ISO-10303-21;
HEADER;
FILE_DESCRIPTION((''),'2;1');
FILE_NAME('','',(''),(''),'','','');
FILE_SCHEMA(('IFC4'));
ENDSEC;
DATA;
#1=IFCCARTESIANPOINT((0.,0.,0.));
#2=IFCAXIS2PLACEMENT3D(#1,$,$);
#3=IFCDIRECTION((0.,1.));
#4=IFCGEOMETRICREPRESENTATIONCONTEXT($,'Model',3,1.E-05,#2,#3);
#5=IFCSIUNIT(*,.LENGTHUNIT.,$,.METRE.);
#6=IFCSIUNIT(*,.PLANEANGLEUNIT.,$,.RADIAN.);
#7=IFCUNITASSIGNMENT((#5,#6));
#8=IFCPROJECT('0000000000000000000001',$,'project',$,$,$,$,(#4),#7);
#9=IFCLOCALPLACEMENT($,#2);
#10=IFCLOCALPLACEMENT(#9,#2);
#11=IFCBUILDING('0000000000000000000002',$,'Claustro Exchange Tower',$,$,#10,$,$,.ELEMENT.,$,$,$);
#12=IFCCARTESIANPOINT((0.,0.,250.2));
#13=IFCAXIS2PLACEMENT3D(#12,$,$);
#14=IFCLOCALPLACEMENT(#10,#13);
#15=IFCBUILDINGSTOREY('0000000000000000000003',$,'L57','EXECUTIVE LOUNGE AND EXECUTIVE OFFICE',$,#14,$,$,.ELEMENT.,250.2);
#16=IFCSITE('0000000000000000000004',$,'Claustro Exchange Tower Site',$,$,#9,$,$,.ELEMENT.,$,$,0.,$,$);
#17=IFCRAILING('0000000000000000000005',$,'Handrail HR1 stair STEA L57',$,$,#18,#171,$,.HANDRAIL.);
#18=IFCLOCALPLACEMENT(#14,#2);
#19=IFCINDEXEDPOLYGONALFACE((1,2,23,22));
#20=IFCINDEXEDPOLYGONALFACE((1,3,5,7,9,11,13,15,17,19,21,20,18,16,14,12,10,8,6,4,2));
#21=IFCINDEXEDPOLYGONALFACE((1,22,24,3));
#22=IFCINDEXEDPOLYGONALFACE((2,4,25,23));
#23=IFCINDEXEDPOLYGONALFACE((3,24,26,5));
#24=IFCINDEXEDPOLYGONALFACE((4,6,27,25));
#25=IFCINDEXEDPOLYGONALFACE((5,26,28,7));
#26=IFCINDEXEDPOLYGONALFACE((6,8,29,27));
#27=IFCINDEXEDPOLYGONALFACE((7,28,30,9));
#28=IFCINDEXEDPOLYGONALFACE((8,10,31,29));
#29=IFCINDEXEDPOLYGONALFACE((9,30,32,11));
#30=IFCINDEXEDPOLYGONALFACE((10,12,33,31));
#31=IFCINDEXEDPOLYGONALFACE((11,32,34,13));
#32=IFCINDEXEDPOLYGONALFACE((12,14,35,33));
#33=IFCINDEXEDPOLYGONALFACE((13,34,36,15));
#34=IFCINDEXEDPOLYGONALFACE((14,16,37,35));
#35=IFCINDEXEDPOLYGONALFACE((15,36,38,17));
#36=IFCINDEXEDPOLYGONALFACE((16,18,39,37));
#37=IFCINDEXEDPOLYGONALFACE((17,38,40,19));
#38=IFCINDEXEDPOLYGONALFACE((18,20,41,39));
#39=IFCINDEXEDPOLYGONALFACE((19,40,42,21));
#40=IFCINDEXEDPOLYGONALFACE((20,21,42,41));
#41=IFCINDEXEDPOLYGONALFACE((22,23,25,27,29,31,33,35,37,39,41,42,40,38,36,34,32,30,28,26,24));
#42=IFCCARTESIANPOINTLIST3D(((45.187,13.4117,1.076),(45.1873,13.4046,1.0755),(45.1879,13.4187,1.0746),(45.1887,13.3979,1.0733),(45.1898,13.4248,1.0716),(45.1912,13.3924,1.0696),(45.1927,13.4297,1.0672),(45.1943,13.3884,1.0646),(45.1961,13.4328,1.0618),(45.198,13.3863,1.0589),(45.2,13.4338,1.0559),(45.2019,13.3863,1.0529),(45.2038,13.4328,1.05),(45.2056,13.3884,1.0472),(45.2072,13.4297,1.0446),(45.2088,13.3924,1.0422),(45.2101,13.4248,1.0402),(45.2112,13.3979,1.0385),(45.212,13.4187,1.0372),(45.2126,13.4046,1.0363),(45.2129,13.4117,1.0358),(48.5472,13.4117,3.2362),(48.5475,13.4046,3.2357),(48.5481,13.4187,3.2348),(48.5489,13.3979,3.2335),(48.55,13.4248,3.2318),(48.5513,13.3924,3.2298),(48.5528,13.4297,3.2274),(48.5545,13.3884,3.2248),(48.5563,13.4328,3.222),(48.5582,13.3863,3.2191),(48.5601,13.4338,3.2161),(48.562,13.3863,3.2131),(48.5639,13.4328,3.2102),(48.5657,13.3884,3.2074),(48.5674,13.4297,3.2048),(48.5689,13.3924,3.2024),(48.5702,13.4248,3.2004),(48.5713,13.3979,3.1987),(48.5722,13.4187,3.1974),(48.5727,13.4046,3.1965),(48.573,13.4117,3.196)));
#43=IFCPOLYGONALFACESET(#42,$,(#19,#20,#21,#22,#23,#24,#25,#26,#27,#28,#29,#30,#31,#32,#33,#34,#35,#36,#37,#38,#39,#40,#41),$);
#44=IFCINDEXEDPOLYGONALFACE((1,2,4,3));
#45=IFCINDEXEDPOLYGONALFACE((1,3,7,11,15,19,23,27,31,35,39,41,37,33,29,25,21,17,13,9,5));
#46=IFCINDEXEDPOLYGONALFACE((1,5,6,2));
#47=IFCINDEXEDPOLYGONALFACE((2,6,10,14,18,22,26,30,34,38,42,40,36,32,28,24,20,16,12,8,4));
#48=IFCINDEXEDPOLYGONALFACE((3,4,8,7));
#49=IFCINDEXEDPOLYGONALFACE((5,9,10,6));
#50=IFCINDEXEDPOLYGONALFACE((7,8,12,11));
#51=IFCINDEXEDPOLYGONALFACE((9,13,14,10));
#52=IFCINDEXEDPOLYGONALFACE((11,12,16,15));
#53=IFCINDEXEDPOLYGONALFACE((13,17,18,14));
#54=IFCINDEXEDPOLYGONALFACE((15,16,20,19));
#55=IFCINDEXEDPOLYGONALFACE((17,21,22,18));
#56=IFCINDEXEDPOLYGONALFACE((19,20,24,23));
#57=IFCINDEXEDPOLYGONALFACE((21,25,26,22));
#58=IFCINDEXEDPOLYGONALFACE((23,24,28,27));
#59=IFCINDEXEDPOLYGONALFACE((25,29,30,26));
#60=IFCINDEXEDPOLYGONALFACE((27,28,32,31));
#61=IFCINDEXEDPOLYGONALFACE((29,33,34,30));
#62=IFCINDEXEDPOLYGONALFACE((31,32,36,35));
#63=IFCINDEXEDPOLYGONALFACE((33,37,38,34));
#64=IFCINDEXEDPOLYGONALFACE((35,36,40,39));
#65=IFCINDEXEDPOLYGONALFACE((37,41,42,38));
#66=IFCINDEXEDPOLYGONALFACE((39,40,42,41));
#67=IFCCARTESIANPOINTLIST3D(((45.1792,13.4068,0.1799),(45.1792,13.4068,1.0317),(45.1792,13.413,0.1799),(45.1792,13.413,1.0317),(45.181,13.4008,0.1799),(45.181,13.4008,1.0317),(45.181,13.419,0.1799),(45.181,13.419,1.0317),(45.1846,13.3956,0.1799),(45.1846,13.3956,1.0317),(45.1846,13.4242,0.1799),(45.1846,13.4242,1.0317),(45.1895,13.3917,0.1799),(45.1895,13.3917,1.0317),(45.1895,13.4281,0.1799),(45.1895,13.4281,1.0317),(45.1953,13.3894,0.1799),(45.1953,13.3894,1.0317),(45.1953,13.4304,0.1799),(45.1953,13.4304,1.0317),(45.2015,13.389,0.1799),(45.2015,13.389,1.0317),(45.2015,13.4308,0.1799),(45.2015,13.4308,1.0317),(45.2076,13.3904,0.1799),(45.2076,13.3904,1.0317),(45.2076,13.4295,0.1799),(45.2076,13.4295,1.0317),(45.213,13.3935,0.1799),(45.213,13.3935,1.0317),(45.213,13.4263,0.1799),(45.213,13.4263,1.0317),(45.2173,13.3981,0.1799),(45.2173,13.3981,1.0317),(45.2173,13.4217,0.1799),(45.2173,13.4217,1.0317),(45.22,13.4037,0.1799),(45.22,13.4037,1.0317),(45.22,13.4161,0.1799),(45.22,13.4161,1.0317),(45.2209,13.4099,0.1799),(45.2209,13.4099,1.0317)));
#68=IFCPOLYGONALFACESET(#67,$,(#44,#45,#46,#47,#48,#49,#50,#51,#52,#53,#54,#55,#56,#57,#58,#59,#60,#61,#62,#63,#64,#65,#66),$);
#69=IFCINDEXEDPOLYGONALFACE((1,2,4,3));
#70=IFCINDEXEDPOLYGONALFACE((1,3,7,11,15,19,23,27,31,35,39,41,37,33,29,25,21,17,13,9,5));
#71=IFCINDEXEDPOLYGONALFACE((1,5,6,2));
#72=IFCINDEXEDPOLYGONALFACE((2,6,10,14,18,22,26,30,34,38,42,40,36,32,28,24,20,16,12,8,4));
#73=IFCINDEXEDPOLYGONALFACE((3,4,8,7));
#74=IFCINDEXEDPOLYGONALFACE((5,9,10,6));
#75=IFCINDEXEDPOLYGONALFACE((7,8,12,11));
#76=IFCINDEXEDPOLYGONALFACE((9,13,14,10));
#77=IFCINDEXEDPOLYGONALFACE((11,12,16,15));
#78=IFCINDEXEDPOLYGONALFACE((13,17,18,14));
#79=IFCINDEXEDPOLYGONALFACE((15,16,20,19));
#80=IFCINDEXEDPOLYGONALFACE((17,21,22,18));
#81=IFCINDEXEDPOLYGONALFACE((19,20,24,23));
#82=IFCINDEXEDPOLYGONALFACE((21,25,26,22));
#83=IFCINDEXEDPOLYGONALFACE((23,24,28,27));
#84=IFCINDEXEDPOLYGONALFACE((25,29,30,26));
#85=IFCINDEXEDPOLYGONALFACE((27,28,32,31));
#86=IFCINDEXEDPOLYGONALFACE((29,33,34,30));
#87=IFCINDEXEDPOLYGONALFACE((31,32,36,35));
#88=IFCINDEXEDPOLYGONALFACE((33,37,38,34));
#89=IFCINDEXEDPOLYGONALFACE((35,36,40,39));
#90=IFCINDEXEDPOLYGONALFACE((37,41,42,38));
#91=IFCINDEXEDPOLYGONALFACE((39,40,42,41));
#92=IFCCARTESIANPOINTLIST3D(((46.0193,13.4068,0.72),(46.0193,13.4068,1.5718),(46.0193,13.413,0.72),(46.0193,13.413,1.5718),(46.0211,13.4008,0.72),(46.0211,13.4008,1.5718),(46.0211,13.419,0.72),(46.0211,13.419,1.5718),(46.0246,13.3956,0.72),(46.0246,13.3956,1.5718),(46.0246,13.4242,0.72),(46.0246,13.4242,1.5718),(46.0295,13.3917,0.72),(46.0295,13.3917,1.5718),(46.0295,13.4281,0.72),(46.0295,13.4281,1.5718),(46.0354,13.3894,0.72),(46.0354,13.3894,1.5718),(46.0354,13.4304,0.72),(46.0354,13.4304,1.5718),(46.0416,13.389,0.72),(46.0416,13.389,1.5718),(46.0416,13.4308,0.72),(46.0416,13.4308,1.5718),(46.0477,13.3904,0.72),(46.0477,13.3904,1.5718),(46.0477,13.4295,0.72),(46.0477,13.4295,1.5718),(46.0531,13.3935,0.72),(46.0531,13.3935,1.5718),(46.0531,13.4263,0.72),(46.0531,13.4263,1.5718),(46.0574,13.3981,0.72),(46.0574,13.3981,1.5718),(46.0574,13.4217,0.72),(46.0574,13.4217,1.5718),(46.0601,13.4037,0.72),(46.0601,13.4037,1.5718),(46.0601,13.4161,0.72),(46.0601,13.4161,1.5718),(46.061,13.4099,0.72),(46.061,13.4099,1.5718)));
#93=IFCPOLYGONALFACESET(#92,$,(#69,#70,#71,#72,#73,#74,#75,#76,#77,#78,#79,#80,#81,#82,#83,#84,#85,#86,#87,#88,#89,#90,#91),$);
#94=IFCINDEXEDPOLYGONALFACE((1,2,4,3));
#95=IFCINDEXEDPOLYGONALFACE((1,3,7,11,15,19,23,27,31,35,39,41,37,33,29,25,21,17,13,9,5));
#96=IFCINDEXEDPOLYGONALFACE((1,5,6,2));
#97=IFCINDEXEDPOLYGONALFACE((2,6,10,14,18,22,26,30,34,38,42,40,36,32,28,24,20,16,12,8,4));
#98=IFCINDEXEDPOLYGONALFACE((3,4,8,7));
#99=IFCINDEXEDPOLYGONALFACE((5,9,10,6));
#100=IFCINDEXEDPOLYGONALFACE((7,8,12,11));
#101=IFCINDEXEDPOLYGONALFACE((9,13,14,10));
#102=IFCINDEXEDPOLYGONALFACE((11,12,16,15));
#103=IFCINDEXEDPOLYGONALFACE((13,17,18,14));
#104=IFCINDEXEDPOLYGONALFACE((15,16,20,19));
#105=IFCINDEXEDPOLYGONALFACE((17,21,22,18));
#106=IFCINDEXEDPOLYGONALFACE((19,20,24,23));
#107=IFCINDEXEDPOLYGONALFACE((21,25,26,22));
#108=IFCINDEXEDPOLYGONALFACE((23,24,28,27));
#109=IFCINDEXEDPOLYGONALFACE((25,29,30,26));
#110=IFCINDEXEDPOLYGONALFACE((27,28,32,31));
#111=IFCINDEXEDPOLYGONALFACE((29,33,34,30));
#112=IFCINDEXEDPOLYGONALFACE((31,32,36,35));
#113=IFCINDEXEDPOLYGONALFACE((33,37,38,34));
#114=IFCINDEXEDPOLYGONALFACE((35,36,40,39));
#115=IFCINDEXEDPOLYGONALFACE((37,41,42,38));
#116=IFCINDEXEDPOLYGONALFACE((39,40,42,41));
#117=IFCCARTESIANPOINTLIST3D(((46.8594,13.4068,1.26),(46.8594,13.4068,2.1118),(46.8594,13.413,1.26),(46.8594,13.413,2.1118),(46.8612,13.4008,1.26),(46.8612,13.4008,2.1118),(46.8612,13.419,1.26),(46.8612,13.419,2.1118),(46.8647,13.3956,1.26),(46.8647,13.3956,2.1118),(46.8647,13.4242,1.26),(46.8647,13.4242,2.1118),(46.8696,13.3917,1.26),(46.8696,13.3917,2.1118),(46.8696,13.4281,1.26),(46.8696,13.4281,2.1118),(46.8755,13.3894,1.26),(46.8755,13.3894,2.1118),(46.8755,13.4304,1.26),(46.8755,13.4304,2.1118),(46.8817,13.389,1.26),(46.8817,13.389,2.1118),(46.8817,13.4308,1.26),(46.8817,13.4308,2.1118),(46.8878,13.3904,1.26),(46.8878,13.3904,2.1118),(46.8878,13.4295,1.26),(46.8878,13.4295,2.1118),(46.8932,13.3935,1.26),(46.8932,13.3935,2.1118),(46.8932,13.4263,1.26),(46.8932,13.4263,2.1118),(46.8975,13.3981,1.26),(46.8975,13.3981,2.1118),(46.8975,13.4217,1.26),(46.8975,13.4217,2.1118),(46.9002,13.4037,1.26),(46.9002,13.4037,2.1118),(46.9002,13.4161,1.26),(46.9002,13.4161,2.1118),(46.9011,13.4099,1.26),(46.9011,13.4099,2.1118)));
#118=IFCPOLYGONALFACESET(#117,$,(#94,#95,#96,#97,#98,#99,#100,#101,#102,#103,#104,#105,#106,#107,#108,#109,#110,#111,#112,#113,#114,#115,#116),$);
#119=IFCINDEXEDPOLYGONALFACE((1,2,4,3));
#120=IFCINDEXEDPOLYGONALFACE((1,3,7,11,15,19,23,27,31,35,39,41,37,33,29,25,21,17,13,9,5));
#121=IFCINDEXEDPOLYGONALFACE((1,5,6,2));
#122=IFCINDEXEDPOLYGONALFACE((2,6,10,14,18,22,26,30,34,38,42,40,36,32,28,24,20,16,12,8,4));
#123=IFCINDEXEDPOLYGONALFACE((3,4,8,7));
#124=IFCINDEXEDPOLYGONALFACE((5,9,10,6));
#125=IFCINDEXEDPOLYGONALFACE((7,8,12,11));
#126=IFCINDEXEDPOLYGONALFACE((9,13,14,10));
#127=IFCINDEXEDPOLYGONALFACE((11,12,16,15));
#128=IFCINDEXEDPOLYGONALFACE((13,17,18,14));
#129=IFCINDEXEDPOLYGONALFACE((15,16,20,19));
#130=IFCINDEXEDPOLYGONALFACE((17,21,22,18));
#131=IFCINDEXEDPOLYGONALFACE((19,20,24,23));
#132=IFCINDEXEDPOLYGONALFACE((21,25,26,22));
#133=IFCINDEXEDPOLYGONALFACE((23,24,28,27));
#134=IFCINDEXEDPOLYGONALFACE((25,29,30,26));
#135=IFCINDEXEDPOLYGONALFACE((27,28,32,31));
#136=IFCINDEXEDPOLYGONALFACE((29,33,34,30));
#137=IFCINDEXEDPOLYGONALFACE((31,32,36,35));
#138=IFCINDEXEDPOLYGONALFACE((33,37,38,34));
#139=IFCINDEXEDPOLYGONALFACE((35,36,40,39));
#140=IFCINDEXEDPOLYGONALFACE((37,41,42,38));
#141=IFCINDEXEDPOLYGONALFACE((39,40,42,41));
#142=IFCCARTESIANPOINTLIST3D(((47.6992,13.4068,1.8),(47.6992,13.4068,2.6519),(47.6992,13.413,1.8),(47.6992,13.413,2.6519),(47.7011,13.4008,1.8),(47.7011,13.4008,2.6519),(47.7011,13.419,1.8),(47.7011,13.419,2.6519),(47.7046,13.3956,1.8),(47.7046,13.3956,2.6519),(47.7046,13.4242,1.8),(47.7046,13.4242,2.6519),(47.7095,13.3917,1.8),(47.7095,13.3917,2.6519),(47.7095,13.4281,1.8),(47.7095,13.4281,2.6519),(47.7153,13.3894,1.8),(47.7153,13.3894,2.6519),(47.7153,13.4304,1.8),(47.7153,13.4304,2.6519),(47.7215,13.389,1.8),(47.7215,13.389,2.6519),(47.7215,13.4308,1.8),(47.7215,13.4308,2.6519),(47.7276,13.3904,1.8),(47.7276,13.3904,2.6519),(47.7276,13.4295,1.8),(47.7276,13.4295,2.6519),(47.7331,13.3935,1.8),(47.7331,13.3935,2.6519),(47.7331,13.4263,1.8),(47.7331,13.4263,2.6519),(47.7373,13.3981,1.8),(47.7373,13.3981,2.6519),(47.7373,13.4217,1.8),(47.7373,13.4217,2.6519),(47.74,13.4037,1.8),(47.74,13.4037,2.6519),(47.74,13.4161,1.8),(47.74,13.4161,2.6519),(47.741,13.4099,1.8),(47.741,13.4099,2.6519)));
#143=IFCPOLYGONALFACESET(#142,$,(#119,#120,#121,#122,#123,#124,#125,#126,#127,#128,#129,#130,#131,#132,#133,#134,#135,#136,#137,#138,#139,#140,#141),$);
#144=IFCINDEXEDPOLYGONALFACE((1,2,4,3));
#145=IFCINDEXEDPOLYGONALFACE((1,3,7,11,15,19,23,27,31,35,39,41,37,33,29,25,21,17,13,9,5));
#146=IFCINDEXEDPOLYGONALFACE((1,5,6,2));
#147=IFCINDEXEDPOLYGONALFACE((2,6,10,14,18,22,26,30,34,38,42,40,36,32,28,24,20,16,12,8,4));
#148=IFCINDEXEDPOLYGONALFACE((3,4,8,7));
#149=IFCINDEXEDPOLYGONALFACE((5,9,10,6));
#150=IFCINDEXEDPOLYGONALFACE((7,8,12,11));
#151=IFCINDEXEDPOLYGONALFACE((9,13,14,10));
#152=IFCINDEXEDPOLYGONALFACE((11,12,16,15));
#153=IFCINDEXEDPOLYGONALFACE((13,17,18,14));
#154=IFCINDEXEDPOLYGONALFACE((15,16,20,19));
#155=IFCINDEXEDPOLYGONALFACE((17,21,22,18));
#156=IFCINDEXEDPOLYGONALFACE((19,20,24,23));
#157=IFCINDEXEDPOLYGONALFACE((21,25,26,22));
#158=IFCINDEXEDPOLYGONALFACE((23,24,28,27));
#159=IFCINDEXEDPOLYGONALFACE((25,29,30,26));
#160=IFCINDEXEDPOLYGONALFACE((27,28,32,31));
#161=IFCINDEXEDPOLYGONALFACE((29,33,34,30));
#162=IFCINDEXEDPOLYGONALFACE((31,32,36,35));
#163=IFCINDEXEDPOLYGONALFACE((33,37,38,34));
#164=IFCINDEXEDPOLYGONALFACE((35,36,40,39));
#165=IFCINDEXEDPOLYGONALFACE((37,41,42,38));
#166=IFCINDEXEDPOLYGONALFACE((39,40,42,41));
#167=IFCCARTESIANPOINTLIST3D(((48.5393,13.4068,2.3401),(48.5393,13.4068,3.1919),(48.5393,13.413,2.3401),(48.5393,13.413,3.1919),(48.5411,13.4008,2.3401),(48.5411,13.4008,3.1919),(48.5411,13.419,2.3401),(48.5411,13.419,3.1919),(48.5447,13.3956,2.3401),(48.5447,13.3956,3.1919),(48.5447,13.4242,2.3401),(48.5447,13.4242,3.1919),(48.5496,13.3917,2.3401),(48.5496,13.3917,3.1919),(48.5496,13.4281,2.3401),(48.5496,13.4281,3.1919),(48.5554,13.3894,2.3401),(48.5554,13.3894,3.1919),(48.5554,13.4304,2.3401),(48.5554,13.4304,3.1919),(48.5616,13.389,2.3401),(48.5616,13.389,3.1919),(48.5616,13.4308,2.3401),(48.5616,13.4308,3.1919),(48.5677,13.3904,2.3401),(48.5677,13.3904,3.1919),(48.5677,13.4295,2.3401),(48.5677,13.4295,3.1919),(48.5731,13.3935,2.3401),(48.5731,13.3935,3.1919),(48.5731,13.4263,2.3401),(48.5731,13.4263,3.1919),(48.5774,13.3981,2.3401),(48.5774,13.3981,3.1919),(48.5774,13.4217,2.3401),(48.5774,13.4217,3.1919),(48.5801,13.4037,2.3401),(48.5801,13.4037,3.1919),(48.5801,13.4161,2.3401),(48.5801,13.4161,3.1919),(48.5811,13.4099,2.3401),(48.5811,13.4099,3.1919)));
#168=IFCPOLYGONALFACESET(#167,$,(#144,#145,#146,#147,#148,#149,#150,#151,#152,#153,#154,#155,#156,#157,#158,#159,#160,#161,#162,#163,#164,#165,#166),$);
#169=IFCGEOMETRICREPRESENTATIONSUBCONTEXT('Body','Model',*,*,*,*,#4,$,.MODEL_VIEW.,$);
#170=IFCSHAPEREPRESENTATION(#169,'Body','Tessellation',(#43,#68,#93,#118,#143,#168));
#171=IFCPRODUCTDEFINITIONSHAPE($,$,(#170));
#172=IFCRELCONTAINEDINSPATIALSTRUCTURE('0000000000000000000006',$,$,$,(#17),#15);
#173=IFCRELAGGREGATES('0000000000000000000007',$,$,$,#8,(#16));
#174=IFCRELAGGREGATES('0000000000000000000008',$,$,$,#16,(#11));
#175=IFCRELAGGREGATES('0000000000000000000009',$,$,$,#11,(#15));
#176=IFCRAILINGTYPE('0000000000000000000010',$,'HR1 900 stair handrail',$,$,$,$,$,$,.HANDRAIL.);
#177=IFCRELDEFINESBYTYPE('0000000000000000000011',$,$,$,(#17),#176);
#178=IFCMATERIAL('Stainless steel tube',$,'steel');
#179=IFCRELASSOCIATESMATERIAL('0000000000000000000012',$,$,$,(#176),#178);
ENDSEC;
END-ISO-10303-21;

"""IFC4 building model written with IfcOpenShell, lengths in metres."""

from ifc_helpers import new_model, si_unit, direction, frame, origin, origin_2d, place, context, subcontext, project, spatial, circle, extrude, material, type_object, element, save


model = new_model("IFC4")

# Units and contexts
model_context = context("Model", 3, precision=1e-05, world=origin(), true_north=direction((0.0, 1.0)))
body_context = subcontext(model_context, "Body", "Model", "MODEL_VIEW")
ifc_project = project(units=[si_unit("LENGTHUNIT", "METRE"), si_unit("PLANEANGLEUNIT", "RADIAN")], contexts=[model_context])

# Site, building, storey
site_placement = place(None, origin())
site = spatial("IfcSite", under=ifc_project, at=site_placement, Name="Claustro Exchange Tower Site", CompositionType="ELEMENT", RefElevation=0.0)
building_placement = place(site_placement, origin())
building = spatial("IfcBuilding", under=site, at=building_placement, Name="Claustro Exchange Tower", CompositionType="ELEMENT")
storey_placement = place(building_placement, frame((0.0, 0.0, 250.2)))
storey = spatial("IfcBuildingStorey", under=building, at=storey_placement, Name="L57", Description="EXECUTIVE LOUNGE AND EXECUTIVE OFFICE", CompositionType="ELEMENT", Elevation=250.2)

# Railing
ifc_material_1 = material(Name="Stainless steel tube", Category="steel")
railing_type_1 = type_object("IfcRailingType", Name="HR1 900 stair handrail", PredefinedType="HANDRAIL", material=ifc_material_1)
railing_1_placement = place(storey_placement, frame((45.2, 13.4099, 0.1799)))
element("IfcRailing", 1, at=railing_1_placement, inside=storey, type_object=railing_type_1, Name="Handrail HR1 stair STEA L57", PredefinedType="HANDRAIL", context=body_context, shape_type="SweptSolid", body=[
    extrude(circle(Radius=0.0239, at=origin_2d()), frame((0.0, 0.0, 0.876), z_axis=(0.841169, 0.0, 0.540773), x_axis=(0.0, 1.0, 0.0)), (0.0, 0.0, 1.0), 3.9946),
    extrude(circle(Radius=0.021, at=origin_2d()), origin(), (0.0, 0.0, 1.0), 0.8518),
    extrude(circle(Radius=0.021, at=origin_2d()), frame((0.8401, 0.0, 0.54)), (0.0, 0.0, 1.0), 0.8518),
    extrude(circle(Radius=0.021, at=origin_2d()), frame((1.6802, 0.0, 1.0801)), (0.0, 0.0, 1.0), 0.8518),
    extrude(circle(Radius=0.021, at=origin_2d()), frame((2.52, 0.0, 1.6201)), (0.0, 0.0, 1.0), 0.8518),
    extrude(circle(Radius=0.021, at=origin_2d()), frame((3.3601, 0.0, 2.1602)), (0.0, 0.0, 1.0), 0.8518),
])

save(model, "model.ifc")
